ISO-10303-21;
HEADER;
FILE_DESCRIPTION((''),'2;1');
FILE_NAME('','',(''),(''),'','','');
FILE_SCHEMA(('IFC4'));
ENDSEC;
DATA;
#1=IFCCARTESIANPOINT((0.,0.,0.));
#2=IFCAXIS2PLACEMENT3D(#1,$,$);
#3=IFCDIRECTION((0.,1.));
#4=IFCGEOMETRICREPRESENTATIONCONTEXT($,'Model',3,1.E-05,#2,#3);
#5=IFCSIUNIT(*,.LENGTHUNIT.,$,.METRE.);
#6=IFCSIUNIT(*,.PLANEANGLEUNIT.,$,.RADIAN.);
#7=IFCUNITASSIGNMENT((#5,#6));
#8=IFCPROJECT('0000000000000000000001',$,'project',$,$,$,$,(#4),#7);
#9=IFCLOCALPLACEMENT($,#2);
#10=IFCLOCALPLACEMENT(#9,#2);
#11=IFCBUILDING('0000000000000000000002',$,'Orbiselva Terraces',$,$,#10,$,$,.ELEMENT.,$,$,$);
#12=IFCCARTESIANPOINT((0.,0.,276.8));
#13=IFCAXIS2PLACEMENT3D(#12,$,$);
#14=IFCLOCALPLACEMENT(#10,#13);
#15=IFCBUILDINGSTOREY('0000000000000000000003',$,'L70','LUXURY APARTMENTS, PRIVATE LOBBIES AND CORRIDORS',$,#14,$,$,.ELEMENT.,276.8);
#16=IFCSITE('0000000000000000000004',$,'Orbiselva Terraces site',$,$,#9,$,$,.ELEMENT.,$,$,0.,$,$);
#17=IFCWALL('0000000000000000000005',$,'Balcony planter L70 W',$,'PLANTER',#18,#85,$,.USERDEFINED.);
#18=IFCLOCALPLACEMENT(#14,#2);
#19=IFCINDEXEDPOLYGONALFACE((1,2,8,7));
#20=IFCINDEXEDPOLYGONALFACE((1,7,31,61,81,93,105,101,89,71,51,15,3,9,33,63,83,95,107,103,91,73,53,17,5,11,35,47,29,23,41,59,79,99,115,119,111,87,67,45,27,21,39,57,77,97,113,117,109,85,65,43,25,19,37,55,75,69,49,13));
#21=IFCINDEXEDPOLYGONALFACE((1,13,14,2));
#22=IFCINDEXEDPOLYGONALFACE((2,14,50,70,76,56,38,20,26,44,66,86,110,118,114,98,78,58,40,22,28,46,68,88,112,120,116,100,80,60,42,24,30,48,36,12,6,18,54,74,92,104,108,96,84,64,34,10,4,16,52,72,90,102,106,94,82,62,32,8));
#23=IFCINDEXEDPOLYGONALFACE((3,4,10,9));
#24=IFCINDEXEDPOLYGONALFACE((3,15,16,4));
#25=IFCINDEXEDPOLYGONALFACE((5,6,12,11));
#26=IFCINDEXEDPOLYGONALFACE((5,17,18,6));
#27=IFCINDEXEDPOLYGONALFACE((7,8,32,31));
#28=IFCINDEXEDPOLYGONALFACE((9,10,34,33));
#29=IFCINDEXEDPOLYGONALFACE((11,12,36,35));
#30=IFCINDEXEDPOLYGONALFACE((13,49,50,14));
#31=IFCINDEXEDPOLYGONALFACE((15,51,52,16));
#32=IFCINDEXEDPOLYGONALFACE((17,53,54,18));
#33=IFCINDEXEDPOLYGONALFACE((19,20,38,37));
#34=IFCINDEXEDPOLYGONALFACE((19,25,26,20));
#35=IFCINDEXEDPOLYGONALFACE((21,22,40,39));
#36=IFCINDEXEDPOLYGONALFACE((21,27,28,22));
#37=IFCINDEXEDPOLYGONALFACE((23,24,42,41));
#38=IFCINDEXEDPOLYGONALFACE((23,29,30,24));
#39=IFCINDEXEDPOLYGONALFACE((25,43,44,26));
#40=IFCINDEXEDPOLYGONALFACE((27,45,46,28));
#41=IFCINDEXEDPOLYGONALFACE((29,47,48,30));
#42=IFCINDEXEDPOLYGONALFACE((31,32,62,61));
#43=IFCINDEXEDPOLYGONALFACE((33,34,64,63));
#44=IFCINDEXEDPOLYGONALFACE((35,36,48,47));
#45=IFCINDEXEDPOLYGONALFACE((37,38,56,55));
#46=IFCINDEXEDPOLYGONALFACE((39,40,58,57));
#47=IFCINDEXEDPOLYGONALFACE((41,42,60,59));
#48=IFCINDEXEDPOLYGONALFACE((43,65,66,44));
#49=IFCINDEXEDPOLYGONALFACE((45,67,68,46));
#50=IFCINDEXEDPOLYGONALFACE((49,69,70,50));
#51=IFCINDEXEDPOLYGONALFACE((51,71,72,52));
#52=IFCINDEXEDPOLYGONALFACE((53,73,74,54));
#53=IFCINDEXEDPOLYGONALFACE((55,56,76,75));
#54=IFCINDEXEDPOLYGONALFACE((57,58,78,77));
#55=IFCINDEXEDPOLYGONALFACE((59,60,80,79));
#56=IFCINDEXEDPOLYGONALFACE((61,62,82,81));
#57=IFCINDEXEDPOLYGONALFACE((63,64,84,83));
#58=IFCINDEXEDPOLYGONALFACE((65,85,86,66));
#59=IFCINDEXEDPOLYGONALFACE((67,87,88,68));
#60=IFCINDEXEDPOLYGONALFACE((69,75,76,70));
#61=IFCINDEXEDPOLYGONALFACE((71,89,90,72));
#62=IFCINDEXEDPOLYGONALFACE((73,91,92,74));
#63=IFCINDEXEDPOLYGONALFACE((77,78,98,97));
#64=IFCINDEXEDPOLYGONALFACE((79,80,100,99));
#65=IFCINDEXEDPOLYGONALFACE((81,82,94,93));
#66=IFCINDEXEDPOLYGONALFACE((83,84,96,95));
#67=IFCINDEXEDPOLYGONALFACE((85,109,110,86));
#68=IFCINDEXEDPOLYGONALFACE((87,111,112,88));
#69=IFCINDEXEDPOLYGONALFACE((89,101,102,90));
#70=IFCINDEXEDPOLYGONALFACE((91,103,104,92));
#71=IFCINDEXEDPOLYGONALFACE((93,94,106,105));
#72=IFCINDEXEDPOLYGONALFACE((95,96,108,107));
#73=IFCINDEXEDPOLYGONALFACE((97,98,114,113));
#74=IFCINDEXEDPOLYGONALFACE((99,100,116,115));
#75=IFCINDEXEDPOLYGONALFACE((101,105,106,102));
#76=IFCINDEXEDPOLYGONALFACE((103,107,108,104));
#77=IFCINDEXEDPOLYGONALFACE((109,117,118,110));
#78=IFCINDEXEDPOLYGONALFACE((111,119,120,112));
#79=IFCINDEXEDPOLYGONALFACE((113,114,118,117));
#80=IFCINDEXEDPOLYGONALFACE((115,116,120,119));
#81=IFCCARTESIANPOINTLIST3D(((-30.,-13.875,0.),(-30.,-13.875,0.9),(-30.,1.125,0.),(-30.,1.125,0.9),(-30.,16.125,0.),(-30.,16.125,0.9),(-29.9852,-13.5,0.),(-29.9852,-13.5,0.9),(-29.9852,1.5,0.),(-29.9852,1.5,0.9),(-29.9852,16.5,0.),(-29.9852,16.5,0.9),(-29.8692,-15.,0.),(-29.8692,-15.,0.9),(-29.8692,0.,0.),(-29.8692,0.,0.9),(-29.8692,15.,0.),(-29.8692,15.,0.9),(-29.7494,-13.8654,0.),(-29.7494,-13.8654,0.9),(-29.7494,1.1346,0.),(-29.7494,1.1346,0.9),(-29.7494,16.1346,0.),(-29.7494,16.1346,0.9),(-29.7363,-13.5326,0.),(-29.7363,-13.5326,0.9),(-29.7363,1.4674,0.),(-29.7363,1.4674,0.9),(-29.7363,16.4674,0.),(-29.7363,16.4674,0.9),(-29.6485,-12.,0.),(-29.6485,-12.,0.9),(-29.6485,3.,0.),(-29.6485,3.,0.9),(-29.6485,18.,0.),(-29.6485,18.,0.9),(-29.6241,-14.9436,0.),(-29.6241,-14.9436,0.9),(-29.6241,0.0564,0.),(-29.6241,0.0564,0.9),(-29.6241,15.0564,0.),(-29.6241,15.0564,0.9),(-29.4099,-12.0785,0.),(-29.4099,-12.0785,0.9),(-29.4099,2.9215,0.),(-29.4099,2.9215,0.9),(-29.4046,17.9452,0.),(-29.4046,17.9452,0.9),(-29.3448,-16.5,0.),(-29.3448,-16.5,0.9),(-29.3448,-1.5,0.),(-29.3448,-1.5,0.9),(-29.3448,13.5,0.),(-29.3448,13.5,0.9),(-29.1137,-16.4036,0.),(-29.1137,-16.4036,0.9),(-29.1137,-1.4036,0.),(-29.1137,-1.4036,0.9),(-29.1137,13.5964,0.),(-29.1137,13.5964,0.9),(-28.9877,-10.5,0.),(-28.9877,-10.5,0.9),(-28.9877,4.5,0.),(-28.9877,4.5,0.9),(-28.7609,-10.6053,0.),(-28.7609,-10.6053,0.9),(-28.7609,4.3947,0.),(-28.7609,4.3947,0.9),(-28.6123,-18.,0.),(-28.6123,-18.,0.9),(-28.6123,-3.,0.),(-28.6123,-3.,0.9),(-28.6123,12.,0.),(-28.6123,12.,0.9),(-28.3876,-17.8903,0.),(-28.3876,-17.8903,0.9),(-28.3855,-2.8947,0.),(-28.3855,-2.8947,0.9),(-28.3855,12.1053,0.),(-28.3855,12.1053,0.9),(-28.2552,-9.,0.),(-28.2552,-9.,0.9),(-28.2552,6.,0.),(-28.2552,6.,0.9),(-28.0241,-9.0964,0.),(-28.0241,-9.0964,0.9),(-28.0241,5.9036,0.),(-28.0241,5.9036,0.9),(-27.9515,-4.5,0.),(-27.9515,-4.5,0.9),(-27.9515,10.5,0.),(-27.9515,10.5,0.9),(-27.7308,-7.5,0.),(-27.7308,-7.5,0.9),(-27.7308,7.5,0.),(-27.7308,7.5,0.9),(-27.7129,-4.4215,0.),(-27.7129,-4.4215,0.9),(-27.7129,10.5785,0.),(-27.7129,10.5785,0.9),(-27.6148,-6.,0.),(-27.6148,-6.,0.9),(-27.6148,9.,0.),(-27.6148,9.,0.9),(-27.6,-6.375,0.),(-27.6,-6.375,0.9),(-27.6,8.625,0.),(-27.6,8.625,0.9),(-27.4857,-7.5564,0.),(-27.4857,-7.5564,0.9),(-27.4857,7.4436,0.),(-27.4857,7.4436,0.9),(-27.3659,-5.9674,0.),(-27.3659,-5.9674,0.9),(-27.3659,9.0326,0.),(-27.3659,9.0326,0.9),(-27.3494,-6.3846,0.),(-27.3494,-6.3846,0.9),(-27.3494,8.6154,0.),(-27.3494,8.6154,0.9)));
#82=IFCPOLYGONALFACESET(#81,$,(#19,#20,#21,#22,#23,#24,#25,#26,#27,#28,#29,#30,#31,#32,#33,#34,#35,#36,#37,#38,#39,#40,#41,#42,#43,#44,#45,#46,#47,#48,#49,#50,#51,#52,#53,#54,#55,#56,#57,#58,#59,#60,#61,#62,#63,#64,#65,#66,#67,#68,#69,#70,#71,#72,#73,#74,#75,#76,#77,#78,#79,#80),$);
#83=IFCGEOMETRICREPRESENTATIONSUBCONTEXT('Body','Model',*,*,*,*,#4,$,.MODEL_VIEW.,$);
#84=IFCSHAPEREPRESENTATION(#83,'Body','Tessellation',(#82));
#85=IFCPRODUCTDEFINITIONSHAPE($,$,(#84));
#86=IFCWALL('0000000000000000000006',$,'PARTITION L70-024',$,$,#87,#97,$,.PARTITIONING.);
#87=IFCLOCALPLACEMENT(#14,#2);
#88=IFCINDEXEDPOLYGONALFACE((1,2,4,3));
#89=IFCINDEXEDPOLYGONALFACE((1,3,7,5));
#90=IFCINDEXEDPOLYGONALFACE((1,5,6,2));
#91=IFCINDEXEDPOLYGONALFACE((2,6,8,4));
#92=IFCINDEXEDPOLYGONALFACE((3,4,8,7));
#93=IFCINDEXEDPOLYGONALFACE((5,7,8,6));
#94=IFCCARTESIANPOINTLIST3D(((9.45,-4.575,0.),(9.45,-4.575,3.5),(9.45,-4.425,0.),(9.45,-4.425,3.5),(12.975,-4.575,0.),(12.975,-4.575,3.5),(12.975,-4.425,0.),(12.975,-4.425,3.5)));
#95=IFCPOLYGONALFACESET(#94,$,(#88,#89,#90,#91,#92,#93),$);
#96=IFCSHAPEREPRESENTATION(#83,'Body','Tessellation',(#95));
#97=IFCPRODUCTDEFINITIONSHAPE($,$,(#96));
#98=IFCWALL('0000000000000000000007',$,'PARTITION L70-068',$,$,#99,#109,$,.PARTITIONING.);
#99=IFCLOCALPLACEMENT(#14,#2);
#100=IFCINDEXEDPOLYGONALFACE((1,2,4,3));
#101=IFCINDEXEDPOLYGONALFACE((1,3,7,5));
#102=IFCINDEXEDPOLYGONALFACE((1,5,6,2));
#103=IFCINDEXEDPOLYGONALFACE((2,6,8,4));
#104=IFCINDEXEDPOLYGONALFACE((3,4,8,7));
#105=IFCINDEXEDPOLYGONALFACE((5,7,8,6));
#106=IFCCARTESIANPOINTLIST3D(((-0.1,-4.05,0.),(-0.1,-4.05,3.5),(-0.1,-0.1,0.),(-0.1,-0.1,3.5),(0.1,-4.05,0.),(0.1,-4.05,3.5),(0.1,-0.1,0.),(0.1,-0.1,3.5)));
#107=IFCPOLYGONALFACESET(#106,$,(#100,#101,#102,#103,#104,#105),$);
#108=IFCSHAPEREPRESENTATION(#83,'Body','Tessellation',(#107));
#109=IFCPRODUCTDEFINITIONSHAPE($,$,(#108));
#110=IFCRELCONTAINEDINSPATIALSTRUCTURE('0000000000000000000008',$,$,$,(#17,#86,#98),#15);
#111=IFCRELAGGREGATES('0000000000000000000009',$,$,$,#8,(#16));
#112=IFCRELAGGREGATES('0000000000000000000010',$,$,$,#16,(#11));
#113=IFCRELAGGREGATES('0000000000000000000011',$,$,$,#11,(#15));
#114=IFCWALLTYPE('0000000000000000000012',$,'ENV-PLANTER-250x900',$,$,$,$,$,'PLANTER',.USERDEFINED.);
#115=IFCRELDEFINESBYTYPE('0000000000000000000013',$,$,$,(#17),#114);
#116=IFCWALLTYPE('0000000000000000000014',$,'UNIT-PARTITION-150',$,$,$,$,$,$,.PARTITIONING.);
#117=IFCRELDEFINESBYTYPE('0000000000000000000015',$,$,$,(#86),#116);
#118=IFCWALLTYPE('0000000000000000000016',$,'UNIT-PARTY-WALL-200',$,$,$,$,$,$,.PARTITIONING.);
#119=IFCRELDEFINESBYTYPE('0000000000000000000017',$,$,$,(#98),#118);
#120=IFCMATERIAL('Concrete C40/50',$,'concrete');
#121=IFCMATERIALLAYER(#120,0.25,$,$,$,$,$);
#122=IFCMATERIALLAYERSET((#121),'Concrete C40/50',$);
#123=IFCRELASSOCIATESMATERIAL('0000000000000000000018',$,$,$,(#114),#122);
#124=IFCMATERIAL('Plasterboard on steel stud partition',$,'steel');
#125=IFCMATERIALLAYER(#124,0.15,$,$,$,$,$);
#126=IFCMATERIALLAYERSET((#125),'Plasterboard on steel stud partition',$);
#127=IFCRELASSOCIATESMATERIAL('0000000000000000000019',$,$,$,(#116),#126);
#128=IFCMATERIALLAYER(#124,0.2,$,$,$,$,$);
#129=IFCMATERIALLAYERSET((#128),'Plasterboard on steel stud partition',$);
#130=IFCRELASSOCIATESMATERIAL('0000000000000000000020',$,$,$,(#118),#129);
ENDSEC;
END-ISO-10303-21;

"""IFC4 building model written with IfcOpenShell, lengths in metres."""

from ifc_helpers import new_model, si_unit, direction, frame, frame_2d, origin, place, context, subcontext, project, spatial, polyline, rectangle, outline, extrude, material, layer, layer_set, type_object, element, save


model = new_model("IFC4")

# Units and contexts
model_context = context("Model", 3, precision=1e-05, world=origin(), true_north=direction((0.0, 1.0)))
body_context = subcontext(model_context, "Body", "Model", "MODEL_VIEW")
ifc_project = project(units=[si_unit("LENGTHUNIT", "METRE"), si_unit("PLANEANGLEUNIT", "RADIAN")], contexts=[model_context])

# Site, building, storey
site_placement = place(None, origin())
site = spatial("IfcSite", under=ifc_project, at=site_placement, Name="Orbiselva Terraces site", CompositionType="ELEMENT", RefElevation=0.0)
building_placement = place(site_placement, origin())
building = spatial("IfcBuilding", under=site, at=building_placement, Name="Orbiselva Terraces", CompositionType="ELEMENT")
storey_placement = place(building_placement, frame((0.0, 0.0, 276.8)))
storey = spatial("IfcBuildingStorey", under=building, at=storey_placement, Name="L70", Description="LUXURY APARTMENTS, PRIVATE LOBBIES AND CORRIDORS", CompositionType="ELEMENT", Elevation=276.8)

# Shared definitions
ifc_material_1 = material(Name="Concrete C40/50", Category="concrete")

# Walls
ifc_layer_1 = layer(ifc_material_1, 0.25)
ifc_layer_set_1 = layer_set([ifc_layer_1], Name="Concrete C40/50")
wall_type_1 = type_object("IfcWallType", Name="ENV-PLANTER-250x900", ElementType="PLANTER", PredefinedType="USERDEFINED", material=ifc_layer_set_1)
wall_1_placement = place(storey_placement, origin())
element("IfcWall", 1, at=wall_1_placement, inside=storey, type_object=wall_type_1, Name="Balcony planter L70 W", ObjectType="PLANTER", PredefinedType="USERDEFINED", context=body_context, shape_type="SweptSolid", body=[
    extrude(outline(polyline([(-29.6485, 18.0), (-29.9852, 16.5), (-30.0, 16.125), (-29.8692, 15.0), (-29.3448, 13.5), (-28.6123, 12.0), (-27.9515, 10.5), (-27.6148, 9.0), (-27.6, 8.625), (-27.7308, 7.5), (-28.2552, 6.0), (-28.9877, 4.5), (-29.6485, 3.0), (-29.9852, 1.5), (-30.0, 1.125), (-29.8692, 0.0), (-29.3448, -1.5), (-28.6123, -3.0), (-27.9515, -4.5), (-27.6148, -6.0), (-27.6, -6.375), (-27.7308, -7.5), (-28.2552, -9.0), (-28.9877, -10.5), (-29.6485, -12.0), (-29.9852, -13.5), (-30.0, -13.875), (-29.8692, -15.0), (-29.3448, -16.5), (-28.6123, -18.0), (-28.3876, -17.8903), (-29.1137, -16.4036), (-29.6241, -14.9436), (-29.7494, -13.8654), (-29.7363, -13.5326), (-29.4099, -12.0785), (-28.7609, -10.6053), (-28.0241, -9.0964), (-27.4857, -7.5564), (-27.3494, -6.3846), (-27.3659, -5.9674), (-27.7129, -4.4215), (-28.3855, -2.8947), (-29.1137, -1.4036), (-29.6241, 0.0564), (-29.7494, 1.1346), (-29.7363, 1.4674), (-29.4099, 2.9215), (-28.7609, 4.3947), (-28.0241, 5.9036), (-27.4857, 7.4436), (-27.3494, 8.6154), (-27.3659, 9.0326), (-27.7129, 10.5785), (-28.3855, 12.1053), (-29.1137, 13.5964), (-29.6241, 15.0564), (-29.7494, 16.1346), (-29.7363, 16.4674), (-29.4046, 17.9452), (-29.6485, 18.0)])), origin(), (0.0, 0.0, 1.0), 0.9),
])
ifc_material_2 = material(Name="Plasterboard on steel stud partition", Category="steel")
ifc_layer_2 = layer(ifc_material_2, 0.15)
ifc_layer_set_2 = layer_set([ifc_layer_2], Name="Plasterboard on steel stud partition")
wall_type_2 = type_object("IfcWallType", Name="UNIT-PARTITION-150", PredefinedType="PARTITIONING", material=ifc_layer_set_2)
wall_2_placement = place(storey_placement, frame((9.45, -4.5, 0.0), z_axis=(0.0, 0.0, 1.0), x_axis=(1.0, 0.0, 0.0)))
element("IfcWall", 2, at=wall_2_placement, inside=storey, type_object=wall_type_2, Name="PARTITION L70-024", PredefinedType="PARTITIONING", context=body_context, shape_type="SweptSolid", body=[
    extrude(rectangle(XDim=3.525, YDim=0.15, at=frame_2d((1.7625, 0.0))), origin(), (0.0, 0.0, 1.0), 3.5),
])
ifc_layer_3 = layer(ifc_material_2, 0.2)
ifc_layer_set_3 = layer_set([ifc_layer_3], Name="Plasterboard on steel stud partition")
wall_type_3 = type_object("IfcWallType", Name="UNIT-PARTY-WALL-200", PredefinedType="PARTITIONING", material=ifc_layer_set_3)
wall_3_placement = place(storey_placement, frame((0.0, -4.05, 0.0), z_axis=(0.0, 0.0, 1.0), x_axis=(0.0, 1.0, 0.0)))
element("IfcWall", 3, at=wall_3_placement, inside=storey, type_object=wall_type_3, Name="PARTITION L70-068", PredefinedType="PARTITIONING", context=body_context, shape_type="SweptSolid", body=[
    extrude(rectangle(XDim=3.95, YDim=0.2, at=frame_2d((1.975, 0.0))), origin(), (0.0, 0.0, 1.0), 3.5),
])

save(model, "model.ifc")
